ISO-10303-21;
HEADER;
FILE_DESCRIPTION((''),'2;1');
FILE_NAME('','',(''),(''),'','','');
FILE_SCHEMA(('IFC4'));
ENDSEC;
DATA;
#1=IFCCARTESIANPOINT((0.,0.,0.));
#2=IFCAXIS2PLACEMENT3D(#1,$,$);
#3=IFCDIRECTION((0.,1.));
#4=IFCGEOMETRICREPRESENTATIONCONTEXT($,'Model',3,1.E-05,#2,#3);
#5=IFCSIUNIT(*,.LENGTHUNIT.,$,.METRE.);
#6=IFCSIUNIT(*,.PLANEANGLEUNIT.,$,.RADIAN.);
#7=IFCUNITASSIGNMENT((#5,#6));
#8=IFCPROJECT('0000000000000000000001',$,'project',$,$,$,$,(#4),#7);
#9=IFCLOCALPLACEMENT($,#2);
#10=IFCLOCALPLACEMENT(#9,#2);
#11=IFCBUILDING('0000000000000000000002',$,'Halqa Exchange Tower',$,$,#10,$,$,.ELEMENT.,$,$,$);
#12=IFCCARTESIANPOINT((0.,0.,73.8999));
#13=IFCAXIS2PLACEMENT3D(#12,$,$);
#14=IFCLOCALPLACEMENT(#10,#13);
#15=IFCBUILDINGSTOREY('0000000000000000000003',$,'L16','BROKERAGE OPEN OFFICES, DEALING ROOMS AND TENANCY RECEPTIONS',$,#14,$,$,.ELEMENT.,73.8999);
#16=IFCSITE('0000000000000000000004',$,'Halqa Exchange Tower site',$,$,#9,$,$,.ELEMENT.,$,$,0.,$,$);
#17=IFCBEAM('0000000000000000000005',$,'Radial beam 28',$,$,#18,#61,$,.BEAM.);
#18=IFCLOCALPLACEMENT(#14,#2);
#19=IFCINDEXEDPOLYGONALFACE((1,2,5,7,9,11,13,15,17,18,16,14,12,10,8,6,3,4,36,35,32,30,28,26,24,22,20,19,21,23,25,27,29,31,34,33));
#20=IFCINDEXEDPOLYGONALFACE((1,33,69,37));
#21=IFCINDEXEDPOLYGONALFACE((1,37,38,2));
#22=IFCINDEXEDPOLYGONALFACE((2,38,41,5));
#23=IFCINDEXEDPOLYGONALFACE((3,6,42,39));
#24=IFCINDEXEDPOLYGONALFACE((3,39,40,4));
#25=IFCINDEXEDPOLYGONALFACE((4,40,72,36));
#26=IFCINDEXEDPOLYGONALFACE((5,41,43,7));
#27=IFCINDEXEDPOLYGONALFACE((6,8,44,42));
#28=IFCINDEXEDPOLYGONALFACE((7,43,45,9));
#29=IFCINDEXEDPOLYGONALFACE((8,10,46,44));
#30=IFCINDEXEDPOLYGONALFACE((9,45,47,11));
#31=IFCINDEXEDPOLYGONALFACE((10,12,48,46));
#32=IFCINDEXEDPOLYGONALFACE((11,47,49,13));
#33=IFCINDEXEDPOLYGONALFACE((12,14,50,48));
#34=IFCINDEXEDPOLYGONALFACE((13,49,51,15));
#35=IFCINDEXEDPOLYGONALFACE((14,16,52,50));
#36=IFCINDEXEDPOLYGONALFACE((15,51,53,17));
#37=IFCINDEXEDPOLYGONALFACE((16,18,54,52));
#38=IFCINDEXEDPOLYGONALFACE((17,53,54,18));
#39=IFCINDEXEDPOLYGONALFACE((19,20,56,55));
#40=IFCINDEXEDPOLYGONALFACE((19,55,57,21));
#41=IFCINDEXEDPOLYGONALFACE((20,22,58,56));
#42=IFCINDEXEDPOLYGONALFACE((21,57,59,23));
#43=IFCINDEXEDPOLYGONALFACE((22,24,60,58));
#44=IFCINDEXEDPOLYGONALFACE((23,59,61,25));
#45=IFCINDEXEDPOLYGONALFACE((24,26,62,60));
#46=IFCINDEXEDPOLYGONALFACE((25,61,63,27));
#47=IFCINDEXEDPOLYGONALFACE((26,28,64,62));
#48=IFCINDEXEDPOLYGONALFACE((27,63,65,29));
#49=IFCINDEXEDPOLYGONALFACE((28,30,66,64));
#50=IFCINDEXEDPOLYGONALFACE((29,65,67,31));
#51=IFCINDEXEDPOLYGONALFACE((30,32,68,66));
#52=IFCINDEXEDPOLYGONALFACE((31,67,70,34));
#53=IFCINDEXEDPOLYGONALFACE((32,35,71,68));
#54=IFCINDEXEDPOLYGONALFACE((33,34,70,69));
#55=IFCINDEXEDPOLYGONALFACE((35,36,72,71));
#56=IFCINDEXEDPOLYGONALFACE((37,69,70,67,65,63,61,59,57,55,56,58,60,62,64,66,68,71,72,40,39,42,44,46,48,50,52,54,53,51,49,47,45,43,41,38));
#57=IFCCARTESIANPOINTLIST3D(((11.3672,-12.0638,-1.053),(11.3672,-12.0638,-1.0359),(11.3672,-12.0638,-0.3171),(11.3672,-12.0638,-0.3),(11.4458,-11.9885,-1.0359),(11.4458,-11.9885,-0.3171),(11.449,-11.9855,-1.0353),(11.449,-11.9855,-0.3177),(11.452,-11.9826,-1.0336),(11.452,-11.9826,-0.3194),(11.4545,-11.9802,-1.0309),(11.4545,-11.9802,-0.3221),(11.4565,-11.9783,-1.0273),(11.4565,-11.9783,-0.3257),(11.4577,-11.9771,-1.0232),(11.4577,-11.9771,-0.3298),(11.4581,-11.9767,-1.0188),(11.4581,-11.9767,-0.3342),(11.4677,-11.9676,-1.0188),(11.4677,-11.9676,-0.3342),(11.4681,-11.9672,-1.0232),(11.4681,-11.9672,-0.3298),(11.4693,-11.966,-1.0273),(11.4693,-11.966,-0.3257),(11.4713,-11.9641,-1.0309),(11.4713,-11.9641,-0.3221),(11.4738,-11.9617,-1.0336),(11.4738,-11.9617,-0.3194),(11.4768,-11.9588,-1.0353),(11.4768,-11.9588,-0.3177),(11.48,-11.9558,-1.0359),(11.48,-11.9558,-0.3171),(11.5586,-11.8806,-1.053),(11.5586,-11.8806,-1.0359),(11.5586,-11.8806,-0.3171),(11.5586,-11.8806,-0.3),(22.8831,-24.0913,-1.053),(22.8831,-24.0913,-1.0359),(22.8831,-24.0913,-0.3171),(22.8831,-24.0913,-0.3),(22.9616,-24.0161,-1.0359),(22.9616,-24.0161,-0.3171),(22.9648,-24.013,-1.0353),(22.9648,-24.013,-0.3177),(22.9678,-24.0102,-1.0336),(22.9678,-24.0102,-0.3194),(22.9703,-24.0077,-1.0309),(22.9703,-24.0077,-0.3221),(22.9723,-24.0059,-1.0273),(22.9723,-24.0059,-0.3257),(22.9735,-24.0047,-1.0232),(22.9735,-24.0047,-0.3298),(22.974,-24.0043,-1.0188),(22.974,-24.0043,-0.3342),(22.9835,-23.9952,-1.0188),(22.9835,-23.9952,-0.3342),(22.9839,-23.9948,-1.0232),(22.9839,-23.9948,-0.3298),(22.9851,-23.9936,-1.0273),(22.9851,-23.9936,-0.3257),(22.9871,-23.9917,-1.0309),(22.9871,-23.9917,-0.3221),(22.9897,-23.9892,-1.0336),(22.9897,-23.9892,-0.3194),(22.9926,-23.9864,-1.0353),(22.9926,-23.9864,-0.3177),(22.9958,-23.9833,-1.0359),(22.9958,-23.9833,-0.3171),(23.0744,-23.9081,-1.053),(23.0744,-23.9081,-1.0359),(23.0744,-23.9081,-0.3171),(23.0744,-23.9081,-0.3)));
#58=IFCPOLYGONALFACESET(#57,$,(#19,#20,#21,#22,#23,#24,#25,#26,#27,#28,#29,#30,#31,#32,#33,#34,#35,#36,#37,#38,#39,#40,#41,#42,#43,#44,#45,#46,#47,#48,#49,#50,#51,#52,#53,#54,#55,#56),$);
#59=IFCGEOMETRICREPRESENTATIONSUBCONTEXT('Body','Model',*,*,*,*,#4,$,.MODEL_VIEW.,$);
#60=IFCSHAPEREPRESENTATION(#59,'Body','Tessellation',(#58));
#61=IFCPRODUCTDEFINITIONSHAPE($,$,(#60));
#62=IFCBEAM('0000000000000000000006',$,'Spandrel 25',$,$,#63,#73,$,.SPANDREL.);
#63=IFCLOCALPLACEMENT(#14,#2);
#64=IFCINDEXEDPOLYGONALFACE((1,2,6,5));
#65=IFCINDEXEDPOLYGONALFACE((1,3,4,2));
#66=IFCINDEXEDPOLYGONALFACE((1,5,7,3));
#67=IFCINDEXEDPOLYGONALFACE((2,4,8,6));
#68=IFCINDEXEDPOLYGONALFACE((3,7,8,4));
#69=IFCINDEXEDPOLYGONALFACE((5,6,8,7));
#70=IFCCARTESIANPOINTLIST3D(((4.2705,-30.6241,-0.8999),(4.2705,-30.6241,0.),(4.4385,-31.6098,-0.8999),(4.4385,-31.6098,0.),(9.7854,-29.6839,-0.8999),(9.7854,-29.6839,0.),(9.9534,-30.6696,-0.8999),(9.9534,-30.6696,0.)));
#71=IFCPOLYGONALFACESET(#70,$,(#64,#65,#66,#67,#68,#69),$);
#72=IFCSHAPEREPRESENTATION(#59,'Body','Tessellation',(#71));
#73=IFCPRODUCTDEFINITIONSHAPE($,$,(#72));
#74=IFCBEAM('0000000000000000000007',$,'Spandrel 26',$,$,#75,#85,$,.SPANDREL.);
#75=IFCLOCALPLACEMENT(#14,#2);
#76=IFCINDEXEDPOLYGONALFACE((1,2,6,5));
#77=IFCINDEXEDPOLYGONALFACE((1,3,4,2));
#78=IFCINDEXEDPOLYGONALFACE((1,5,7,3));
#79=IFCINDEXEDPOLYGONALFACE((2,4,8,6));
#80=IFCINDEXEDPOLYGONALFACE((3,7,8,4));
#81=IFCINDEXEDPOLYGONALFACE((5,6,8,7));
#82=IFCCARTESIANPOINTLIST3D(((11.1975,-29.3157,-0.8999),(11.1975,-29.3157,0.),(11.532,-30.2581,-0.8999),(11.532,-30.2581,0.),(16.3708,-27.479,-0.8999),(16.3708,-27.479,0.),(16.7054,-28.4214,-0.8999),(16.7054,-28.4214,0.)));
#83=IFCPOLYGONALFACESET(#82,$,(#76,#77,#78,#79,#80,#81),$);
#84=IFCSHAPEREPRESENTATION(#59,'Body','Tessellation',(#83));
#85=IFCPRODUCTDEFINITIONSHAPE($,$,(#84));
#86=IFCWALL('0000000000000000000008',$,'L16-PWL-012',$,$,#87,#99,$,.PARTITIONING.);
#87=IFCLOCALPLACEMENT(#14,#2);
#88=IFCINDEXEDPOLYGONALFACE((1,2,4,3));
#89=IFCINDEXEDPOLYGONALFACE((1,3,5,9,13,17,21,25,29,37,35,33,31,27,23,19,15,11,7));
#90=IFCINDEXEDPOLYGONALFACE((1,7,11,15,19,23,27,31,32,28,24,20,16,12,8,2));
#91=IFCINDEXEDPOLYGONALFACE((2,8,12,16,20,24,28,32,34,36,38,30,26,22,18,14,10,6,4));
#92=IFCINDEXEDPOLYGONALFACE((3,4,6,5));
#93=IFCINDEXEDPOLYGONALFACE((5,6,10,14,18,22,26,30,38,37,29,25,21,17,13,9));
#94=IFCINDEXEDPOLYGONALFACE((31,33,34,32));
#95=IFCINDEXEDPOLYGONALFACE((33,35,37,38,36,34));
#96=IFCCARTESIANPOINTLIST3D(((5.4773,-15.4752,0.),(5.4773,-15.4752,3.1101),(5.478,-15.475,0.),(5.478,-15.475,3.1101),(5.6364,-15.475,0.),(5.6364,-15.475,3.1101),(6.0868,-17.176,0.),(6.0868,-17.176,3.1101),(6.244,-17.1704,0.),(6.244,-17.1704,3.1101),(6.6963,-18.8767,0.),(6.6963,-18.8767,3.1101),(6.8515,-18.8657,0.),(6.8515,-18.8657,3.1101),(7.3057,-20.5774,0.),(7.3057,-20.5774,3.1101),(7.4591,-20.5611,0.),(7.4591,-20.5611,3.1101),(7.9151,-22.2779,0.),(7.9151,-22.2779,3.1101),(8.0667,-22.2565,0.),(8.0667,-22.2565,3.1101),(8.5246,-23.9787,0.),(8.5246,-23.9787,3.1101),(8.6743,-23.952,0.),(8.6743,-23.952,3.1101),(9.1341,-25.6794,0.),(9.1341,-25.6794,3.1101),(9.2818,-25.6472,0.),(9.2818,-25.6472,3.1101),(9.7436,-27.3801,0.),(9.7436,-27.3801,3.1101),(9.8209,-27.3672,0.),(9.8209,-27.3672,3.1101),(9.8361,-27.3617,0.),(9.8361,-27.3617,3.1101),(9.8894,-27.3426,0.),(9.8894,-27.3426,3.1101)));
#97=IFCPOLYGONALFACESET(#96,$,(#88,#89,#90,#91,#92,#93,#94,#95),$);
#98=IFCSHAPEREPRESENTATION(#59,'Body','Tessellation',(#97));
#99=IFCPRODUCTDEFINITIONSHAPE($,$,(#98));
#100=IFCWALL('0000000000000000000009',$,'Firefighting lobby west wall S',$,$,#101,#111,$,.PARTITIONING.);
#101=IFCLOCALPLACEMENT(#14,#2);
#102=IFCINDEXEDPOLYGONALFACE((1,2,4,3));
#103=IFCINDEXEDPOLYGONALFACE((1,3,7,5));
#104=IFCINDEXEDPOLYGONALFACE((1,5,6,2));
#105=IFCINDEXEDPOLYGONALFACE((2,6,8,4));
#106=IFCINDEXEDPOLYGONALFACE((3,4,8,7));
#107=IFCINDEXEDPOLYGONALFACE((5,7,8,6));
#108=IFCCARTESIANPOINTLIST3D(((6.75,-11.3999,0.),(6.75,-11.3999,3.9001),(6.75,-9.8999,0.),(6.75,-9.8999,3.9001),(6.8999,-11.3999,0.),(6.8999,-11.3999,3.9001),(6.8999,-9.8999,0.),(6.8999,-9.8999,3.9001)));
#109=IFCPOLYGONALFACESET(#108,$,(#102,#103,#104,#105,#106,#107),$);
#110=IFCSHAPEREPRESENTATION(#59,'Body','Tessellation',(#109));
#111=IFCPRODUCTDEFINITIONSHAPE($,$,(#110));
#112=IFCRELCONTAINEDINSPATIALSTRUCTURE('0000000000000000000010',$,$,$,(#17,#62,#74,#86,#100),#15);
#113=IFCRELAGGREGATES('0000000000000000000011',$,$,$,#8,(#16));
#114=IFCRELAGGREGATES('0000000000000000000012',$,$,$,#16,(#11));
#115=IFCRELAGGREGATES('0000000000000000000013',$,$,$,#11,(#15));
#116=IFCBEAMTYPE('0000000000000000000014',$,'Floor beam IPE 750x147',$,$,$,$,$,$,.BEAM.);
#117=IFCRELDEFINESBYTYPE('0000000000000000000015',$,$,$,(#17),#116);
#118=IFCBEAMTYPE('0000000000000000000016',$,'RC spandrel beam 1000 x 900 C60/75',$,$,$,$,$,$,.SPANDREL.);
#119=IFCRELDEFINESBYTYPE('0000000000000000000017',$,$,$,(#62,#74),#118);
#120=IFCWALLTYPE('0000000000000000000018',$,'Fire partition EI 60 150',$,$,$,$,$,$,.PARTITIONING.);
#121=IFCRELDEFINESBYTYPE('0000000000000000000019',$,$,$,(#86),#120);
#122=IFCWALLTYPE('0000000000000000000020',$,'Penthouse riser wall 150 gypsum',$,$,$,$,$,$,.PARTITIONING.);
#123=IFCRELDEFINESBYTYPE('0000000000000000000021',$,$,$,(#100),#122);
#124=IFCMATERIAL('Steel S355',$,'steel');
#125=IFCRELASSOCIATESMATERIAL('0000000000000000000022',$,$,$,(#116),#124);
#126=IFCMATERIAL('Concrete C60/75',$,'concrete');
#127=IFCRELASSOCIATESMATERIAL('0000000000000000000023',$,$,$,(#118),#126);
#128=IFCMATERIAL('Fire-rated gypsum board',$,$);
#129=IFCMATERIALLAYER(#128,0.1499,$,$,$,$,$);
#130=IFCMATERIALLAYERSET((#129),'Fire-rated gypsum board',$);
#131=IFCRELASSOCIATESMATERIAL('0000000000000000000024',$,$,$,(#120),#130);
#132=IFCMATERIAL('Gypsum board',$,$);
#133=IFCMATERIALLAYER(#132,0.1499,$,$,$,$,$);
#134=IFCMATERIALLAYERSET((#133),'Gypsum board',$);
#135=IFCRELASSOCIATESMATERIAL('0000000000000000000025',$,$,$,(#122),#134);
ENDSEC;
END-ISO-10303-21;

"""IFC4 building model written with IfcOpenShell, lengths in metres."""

from ifc_helpers import new_model, si_unit, direction, frame, frame_2d, origin, origin_2d, place, context, subcontext, project, spatial, polyline, rectangle, i_section, outline, extrude, material, layer, layer_set, material_profile, profile_set, type_object, element, save


model = new_model("IFC4")

# Units and contexts
model_context = context("Model", 3, precision=1e-05, world=origin(), true_north=direction((0.0, 1.0)))
body_context = subcontext(model_context, "Body", "Model", "MODEL_VIEW")
ifc_project = project(units=[si_unit("LENGTHUNIT", "METRE"), si_unit("PLANEANGLEUNIT", "RADIAN")], contexts=[model_context])

# Site, building, storey
site_placement = place(None, origin())
site = spatial("IfcSite", under=ifc_project, at=site_placement, Name="Halqa Exchange Tower site", CompositionType="ELEMENT", RefElevation=0.0)
building_placement = place(site_placement, origin())
building = spatial("IfcBuilding", under=site, at=building_placement, Name="Halqa Exchange Tower", CompositionType="ELEMENT")
storey_placement = place(building_placement, frame((0.0, 0.0, 73.8999)))
storey = spatial("IfcBuildingStorey", under=building, at=storey_placement, Name="L16", Description="BROKERAGE OPEN OFFICES, DEALING ROOMS AND TENANCY RECEPTIONS", CompositionType="ELEMENT", Elevation=73.8999)

# Beams
ifc_material_1 = material(Name="Steel S355", Category="steel")
ifc_material_profile_1 = material_profile(ifc_material_1, i_section(OverallWidth=0.2649, OverallDepth=0.7529, WebThickness=0.0132, FlangeThickness=0.0171, FilletRadius=0.0171, at=origin_2d()), Name="IPE 750x147")
ifc_profile_set_1 = profile_set([ifc_material_profile_1], Name="Steel S355")
beam_type_1 = type_object("IfcBeamType", Name="Floor beam IPE 750x147", PredefinedType="BEAM", material=ifc_profile_set_1)
beam_1_placement = place(storey_placement, frame((11.4629, -11.9722, -0.6765), z_axis=(0.691574, -0.722305, 0.0), x_axis=(0.722305, 0.691574, 0.0)))
element("IfcBeam", 1, at=beam_1_placement, inside=storey, type_object=beam_type_1, Name="Radial beam 28", PredefinedType="BEAM", context=body_context, shape_type="SweptSolid", body=[
    extrude(i_section(OverallWidth=0.2649, OverallDepth=0.7529, WebThickness=0.0132, FlangeThickness=0.0171, FilletRadius=0.0171, at=origin_2d()), origin(), (0.0, 0.0, 1.0), 16.6516),
])
ifc_material_2 = material(Name="Concrete C60/75", Category="concrete")
ifc_material_profile_2 = material_profile(ifc_material_2, rectangle(XDim=1.0, YDim=0.8999, at=origin_2d()), Name="1000 x 900")
ifc_profile_set_2 = profile_set([ifc_material_profile_2], Name="Concrete C60/75")
beam_type_2 = type_object("IfcBeamType", Name="RC spandrel beam 1000 x 900 C60/75", PredefinedType="SPANDREL", material=ifc_profile_set_2)
beam_2_placement = place(storey_placement, frame((4.3545, -31.1169, -0.45), z_axis=(0.985777, 0.168057, 0.0), x_axis=(-0.168057, 0.985777, 0.0)))
element("IfcBeam", 2, at=beam_2_placement, inside=storey, type_object=beam_type_2, Name="Spandrel 25", PredefinedType="SPANDREL", context=body_context, shape_type="SweptSolid", body=[
    extrude(rectangle(XDim=1.0, YDim=0.8999, at=origin_2d()), origin(), (0.0, 0.0, 1.0), 5.5945),
])
beam_3_placement = place(storey_placement, frame((11.3647, -29.7869, -0.45), z_axis=(0.942372, 0.334567, 0.0), x_axis=(-0.334567, 0.942372, 0.0)))
element("IfcBeam", 3, at=beam_3_placement, inside=storey, type_object=beam_type_2, Name="Spandrel 26", PredefinedType="SPANDREL", context=body_context, shape_type="SweptSolid", body=[
    extrude(rectangle(XDim=1.0, YDim=0.8999, at=origin_2d()), origin(), (0.0, 0.0, 1.0), 5.4897),
])

# Walls
ifc_material_3 = material(Name="Fire-rated gypsum board")
ifc_layer_1 = layer(ifc_material_3, 0.1499)
ifc_layer_set_1 = layer_set([ifc_layer_1], Name="Fire-rated gypsum board")
wall_type_1 = type_object("IfcWallType", Name="Fire partition EI 60 150", PredefinedType="PARTITIONING", material=ifc_layer_set_1)
wall_1_placement = place(storey_placement, frame((5.5479, -15.45, 0.0), z_axis=(0.0, 0.0, 1.0), x_axis=(0.337357, -0.941377, 0.0)))
element("IfcWall", 4, at=wall_1_placement, inside=storey, type_object=wall_type_1, Name="L16-PWL-012", PredefinedType="PARTITIONING", context=body_context, shape_type="SweptSolid", body=[
    extrude(outline(polyline([(0.0, -0.075), (1.8066, -0.075), (3.6133, -0.075), (5.4199, -0.075), (7.2263, -0.075), (9.033, -0.075), (10.8396, -0.075), (12.6462, -0.075), (12.6602, 0.0022), (12.6602, 0.0183), (12.6602, 0.075), (10.8591, 0.075), (9.0583, 0.075), (7.2573, 0.075), (5.4563, 0.075), (3.6553, 0.075), (1.8545, 0.075), (0.0535, 0.075), (0.0, -0.0742), (0.0, -0.075)])), origin(), (0.0, 0.0, 1.0), 3.1101),
])
ifc_material_4 = material(Name="Gypsum board")
ifc_layer_2 = layer(ifc_material_4, 0.1499)
ifc_layer_set_2 = layer_set([ifc_layer_2], Name="Gypsum board")
wall_type_2 = type_object("IfcWallType", Name="Penthouse riser wall 150 gypsum", PredefinedType="PARTITIONING", material=ifc_layer_set_2)
wall_2_placement = place(storey_placement, frame((6.825, -11.3999, 0.0), z_axis=(0.0, 0.0, 1.0), x_axis=(0.0, 1.0, 0.0)))
element("IfcWall", 5, at=wall_2_placement, inside=storey, type_object=wall_type_2, Name="Firefighting lobby west wall S", PredefinedType="PARTITIONING", context=body_context, shape_type="SweptSolid", body=[
    extrude(rectangle(XDim=1.5, YDim=0.1499, at=frame_2d((0.75, 0.0))), origin(), (0.0, 0.0, 1.0), 3.9001),
])

save(model, "model.ifc")
